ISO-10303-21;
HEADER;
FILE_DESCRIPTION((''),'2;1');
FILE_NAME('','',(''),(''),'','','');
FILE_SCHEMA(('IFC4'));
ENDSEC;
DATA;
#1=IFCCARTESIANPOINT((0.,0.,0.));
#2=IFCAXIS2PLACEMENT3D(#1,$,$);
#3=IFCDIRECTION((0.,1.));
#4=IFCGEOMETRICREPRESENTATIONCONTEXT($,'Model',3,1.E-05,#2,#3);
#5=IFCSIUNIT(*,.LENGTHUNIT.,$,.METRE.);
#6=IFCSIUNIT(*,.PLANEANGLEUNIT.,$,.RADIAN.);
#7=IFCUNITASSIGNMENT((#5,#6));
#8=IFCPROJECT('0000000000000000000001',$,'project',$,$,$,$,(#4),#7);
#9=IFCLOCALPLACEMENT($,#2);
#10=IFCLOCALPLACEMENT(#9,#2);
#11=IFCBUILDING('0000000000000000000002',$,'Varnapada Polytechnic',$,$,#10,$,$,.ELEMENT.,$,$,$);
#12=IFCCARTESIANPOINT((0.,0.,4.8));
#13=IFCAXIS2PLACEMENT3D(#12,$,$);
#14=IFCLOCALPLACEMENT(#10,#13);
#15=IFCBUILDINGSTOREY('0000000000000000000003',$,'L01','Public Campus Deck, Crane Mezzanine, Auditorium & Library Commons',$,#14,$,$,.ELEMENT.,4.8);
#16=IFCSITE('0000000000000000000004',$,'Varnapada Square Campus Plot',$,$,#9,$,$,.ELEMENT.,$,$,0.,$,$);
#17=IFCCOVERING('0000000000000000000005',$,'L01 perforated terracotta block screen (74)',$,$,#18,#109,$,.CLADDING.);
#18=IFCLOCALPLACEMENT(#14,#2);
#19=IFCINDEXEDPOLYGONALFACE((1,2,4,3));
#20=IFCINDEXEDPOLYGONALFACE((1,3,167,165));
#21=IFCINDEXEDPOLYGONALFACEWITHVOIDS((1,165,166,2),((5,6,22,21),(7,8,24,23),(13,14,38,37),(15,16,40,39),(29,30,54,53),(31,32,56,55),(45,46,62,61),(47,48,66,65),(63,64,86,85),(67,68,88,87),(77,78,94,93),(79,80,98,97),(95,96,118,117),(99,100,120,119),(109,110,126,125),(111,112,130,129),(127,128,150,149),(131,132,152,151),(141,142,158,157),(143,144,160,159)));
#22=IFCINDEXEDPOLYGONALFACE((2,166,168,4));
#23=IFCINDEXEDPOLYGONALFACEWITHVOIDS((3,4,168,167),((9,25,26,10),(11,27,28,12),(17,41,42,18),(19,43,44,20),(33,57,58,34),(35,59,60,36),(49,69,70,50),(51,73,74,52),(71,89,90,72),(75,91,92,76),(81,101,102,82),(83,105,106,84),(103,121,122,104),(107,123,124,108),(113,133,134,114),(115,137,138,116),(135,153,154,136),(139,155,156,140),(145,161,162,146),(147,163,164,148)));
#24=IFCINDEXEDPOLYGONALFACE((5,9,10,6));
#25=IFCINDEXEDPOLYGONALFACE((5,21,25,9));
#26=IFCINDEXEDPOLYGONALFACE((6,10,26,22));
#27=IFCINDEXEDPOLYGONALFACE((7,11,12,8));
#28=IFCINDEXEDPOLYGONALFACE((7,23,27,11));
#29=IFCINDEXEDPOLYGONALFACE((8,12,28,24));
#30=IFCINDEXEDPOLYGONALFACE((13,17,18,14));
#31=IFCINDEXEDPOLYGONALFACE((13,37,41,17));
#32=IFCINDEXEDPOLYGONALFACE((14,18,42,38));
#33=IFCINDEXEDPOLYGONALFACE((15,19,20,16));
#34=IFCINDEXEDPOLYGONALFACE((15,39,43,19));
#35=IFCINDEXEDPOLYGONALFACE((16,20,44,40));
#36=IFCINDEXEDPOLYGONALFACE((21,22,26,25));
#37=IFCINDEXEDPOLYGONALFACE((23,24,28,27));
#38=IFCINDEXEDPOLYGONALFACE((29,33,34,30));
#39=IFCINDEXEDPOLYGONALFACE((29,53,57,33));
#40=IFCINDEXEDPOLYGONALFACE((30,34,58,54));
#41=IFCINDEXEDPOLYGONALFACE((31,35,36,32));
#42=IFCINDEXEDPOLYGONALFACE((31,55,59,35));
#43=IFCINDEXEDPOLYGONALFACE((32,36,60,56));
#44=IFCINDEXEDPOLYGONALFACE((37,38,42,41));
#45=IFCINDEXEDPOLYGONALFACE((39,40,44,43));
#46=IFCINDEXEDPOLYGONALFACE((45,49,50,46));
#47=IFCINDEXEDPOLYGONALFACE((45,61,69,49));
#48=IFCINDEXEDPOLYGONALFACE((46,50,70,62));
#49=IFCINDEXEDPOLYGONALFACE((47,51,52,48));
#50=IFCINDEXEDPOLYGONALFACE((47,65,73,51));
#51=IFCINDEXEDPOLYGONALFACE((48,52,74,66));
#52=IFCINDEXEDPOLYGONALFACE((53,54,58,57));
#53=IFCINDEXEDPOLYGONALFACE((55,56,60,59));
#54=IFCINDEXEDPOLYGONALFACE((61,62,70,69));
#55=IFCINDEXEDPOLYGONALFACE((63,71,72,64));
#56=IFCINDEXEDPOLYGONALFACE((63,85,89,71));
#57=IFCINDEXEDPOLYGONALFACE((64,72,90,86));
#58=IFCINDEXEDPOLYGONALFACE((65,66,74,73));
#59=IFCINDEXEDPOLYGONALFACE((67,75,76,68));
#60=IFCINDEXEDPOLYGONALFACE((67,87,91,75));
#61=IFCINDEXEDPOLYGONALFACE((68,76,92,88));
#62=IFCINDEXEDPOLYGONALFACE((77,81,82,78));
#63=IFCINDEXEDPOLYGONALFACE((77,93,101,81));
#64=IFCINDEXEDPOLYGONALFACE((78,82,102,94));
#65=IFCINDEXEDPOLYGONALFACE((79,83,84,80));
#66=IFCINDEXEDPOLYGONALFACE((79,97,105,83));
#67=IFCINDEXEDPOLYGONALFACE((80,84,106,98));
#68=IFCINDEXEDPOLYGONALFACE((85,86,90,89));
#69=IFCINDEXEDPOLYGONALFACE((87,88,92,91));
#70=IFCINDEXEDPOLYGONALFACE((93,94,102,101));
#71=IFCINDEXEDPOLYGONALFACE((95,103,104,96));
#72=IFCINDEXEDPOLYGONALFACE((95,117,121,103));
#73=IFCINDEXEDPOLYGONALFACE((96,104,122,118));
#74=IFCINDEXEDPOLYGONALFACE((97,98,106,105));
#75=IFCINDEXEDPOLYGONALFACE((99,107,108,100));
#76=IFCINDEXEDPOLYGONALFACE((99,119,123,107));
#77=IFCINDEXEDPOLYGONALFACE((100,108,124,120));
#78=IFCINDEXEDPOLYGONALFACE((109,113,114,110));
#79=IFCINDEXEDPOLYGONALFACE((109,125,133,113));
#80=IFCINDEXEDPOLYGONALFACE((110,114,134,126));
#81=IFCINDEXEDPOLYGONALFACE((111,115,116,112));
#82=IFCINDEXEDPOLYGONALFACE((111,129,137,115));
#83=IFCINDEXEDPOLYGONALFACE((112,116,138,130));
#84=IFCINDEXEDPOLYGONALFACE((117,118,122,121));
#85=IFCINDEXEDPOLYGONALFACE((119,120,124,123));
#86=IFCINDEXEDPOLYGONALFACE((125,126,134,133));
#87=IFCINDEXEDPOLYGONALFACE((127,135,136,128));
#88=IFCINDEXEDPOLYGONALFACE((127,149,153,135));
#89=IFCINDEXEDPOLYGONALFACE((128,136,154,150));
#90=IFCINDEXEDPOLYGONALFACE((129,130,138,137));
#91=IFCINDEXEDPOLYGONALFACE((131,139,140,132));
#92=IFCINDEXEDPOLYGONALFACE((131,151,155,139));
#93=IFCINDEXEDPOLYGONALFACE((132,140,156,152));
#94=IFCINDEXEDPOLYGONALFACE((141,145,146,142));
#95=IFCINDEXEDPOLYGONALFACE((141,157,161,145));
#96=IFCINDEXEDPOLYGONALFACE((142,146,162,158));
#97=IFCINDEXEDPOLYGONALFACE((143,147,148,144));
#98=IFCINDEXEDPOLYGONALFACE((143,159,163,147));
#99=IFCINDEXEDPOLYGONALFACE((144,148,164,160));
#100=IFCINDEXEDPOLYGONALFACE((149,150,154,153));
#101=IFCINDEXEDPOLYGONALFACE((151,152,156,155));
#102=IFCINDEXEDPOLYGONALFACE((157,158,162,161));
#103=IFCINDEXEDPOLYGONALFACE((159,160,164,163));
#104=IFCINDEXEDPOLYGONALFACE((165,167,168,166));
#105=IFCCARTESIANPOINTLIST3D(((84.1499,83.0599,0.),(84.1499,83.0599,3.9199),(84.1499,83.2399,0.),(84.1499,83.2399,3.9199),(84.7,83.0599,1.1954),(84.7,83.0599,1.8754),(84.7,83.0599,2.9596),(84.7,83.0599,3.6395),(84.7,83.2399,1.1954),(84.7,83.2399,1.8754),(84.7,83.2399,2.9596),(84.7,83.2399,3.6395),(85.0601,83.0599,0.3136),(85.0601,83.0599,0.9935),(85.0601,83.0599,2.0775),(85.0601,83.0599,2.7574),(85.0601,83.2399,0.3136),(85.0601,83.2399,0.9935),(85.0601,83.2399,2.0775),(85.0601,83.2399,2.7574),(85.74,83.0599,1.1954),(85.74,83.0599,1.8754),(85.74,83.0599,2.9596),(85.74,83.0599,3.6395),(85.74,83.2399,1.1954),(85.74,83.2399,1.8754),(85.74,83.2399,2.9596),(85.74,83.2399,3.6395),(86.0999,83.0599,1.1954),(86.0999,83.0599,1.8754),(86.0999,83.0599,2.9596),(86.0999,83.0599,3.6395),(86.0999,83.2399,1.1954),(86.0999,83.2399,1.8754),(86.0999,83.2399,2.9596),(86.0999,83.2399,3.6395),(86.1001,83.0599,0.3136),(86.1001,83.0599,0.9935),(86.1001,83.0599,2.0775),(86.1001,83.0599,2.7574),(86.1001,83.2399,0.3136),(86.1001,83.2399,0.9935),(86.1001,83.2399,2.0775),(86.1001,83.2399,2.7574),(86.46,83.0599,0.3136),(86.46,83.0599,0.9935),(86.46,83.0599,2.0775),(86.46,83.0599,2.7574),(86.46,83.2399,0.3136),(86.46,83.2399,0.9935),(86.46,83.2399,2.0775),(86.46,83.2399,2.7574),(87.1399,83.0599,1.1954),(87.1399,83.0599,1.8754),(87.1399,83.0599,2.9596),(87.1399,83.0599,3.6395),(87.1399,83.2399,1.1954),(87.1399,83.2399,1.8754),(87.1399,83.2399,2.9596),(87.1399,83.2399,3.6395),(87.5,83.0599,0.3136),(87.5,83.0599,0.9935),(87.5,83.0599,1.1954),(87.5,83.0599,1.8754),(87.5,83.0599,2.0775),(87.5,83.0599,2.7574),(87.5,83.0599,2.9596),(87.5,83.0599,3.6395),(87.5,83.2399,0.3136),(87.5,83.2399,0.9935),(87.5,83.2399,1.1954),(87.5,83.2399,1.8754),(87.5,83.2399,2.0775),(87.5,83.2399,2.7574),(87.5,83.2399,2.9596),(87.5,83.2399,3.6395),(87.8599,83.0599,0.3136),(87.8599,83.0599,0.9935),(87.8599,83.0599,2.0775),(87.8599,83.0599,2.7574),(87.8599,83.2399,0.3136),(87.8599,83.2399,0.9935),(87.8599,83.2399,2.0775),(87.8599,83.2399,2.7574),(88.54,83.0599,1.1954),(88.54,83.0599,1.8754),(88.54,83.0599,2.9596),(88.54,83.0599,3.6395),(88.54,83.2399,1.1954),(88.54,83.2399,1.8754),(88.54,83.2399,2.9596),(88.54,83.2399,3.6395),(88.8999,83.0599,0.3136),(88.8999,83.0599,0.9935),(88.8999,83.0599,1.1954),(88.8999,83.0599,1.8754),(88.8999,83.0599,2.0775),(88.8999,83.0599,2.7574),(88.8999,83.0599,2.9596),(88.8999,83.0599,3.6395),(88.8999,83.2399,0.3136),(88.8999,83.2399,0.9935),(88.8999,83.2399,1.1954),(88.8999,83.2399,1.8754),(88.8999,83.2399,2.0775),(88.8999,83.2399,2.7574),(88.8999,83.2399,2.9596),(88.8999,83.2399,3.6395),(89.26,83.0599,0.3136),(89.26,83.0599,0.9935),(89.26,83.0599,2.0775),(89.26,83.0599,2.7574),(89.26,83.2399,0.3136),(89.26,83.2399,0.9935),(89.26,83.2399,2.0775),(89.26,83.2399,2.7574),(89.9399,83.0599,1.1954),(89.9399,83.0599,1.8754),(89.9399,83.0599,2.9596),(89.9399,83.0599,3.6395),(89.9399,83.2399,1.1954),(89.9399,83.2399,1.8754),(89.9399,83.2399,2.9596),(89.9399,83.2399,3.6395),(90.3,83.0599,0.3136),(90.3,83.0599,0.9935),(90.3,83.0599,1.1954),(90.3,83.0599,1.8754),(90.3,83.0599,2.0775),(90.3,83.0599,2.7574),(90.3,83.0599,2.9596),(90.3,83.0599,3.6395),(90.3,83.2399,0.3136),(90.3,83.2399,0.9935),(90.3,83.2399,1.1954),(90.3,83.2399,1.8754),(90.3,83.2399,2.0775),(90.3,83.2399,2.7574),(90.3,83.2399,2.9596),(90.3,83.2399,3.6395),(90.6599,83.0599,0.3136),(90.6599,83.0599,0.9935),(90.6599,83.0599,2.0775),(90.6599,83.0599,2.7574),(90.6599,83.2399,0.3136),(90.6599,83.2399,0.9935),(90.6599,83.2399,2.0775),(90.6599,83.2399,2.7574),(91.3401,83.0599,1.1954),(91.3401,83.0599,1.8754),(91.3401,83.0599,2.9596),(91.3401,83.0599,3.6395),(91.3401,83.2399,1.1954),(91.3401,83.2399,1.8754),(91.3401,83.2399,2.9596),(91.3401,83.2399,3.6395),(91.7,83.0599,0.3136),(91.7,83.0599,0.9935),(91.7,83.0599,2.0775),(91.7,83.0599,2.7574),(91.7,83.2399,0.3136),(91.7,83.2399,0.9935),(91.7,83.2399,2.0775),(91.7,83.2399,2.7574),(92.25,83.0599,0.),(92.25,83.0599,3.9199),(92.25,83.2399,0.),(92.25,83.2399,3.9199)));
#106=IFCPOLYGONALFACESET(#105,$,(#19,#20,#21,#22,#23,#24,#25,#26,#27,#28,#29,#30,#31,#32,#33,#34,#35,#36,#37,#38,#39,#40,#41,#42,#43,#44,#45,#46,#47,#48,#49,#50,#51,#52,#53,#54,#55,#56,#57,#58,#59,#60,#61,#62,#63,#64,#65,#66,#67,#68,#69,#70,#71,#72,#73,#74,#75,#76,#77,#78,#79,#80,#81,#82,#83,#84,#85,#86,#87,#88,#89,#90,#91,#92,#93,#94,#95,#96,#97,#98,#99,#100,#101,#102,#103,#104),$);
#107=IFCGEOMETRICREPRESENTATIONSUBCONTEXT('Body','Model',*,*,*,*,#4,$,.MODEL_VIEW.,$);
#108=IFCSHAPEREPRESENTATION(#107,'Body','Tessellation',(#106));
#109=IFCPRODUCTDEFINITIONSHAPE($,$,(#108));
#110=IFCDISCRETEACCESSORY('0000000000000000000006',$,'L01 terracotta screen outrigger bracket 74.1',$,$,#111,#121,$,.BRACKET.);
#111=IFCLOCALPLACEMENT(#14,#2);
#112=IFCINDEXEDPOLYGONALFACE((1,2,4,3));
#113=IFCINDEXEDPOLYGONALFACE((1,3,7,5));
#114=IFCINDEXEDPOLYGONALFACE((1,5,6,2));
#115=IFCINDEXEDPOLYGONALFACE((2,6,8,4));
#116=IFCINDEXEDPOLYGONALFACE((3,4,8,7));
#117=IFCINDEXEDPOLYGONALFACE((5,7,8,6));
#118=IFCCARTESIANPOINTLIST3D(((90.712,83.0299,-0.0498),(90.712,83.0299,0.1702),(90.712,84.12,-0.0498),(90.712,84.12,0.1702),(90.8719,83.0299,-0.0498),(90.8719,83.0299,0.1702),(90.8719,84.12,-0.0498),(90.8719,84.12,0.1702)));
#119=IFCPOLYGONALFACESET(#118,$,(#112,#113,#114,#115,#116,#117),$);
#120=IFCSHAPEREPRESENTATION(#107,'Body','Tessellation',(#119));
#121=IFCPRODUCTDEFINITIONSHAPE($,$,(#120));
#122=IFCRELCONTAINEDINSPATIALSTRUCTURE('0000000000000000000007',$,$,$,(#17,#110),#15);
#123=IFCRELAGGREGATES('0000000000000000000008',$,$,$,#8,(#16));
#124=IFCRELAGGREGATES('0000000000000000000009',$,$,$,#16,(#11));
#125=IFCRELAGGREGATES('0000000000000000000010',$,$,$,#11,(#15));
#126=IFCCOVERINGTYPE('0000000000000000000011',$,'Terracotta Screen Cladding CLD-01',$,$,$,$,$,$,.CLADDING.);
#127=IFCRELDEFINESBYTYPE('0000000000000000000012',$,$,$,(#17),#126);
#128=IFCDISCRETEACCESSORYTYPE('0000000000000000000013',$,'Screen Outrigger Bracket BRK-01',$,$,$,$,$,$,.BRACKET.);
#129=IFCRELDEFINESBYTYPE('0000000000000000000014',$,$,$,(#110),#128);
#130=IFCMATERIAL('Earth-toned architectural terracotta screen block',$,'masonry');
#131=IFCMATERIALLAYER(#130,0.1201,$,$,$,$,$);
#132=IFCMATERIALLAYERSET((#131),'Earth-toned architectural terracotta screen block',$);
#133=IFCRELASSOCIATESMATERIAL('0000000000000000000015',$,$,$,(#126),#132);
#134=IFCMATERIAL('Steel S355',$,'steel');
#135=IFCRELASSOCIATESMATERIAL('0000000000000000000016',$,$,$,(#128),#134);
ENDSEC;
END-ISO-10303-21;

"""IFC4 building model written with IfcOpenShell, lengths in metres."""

from ifc_helpers import new_model, si_unit, direction, frame, frame_2d, origin, origin_2d, place, context, subcontext, project, spatial, rectangle, extrude, material, layer, layer_set, type_object, element, save


model = new_model("IFC4")

# Units and contexts
model_context = context("Model", 3, precision=1e-05, world=origin(), true_north=direction((0.0, 1.0)))
body_context = subcontext(model_context, "Body", "Model", "MODEL_VIEW")
ifc_project = project(units=[si_unit("LENGTHUNIT", "METRE"), si_unit("PLANEANGLEUNIT", "RADIAN")], contexts=[model_context])

# Site, building, storey
site_placement = place(None, origin())
site = spatial("IfcSite", under=ifc_project, at=site_placement, Name="Varnapada Square Campus Plot", CompositionType="ELEMENT", RefElevation=0.0)
building_placement = place(site_placement, origin())
building = spatial("IfcBuilding", under=site, at=building_placement, Name="Varnapada Polytechnic", CompositionType="ELEMENT")
storey_placement = place(building_placement, frame((0.0, 0.0, 4.8)))
storey = spatial("IfcBuildingStorey", under=building, at=storey_placement, Name="L01", Description="Public Campus Deck, Crane Mezzanine, Auditorium & Library Commons", CompositionType="ELEMENT", Elevation=4.8)

# Shared definitions
ifc_material_1 = material(Name="Steel S355", Category="steel")

# Covering, openings
ifc_material_2 = material(Name="Earth-toned architectural terracotta screen block", Category="masonry")
ifc_layer_1 = layer(ifc_material_2, 0.1201)
ifc_layer_set_1 = layer_set([ifc_layer_1], Name="Earth-toned architectural terracotta screen block")
covering_type = type_object("IfcCoveringType", Name="Terracotta Screen Cladding CLD-01", PredefinedType="CLADDING", material=ifc_layer_set_1)
covering_placement = place(storey_placement, frame((92.25, 83.1499, 0.0), z_axis=(0.0, 0.0, 1.0), x_axis=(-1.0, 0.0, 0.0)))
covering = element("IfcCovering", 1, at=covering_placement, inside=storey, type_object=covering_type, Name="L01 perforated terracotta block screen (74)", PredefinedType="CLADDING", context=body_context, shape_type="SweptSolid", body=[
    extrude(rectangle(XDim=8.1001, YDim=0.1799, at=frame_2d((4.05, 0.0))), origin(), (0.0, 0.0, 1.0), 3.9199),
])
opening_1_placement = place(covering_placement, frame((0.55, 0.0, 0.3137)))
element("IfcOpeningElement", 2, at=opening_1_placement, cuts=covering, PredefinedType="OPENING", context=body_context, shape_type="SweptSolid", body=[
    extrude(rectangle(XDim=1.04, YDim=0.6799, at=frame_2d((0.52, 0.3398))), frame((0.0, 0.0999, 0.0), z_axis=(0.0, -1.0, 0.0), x_axis=(1.0, 0.0, 0.0)), (0.0, 0.0, 1.0), 0.2),
])
opening_2_placement = place(covering_placement, frame((1.95, 0.0, 0.3137)))
element("IfcOpeningElement", 3, at=opening_2_placement, cuts=covering, PredefinedType="OPENING", context=body_context, shape_type="SweptSolid", body=[
    extrude(rectangle(XDim=1.04, YDim=0.6799, at=frame_2d((0.52, 0.3398))), frame((0.0, 0.0999, 0.0), z_axis=(0.0, -1.0, 0.0), x_axis=(1.0, 0.0, 0.0)), (0.0, 0.0, 1.0), 0.2),
])
opening_3_placement = place(covering_placement, frame((3.3501, 0.0, 0.3137)))
element("IfcOpeningElement", 4, at=opening_3_placement, cuts=covering, PredefinedType="OPENING", context=body_context, shape_type="SweptSolid", body=[
    extrude(rectangle(XDim=1.04, YDim=0.6799, at=frame_2d((0.52, 0.3398))), frame((0.0, 0.0999, 0.0), z_axis=(0.0, -1.0, 0.0), x_axis=(1.0, 0.0, 0.0)), (0.0, 0.0, 1.0), 0.2),
])
opening_4_placement = place(covering_placement, frame((4.75, 0.0, 0.3137)))
element("IfcOpeningElement", 5, at=opening_4_placement, cuts=covering, PredefinedType="OPENING", context=body_context, shape_type="SweptSolid", body=[
    extrude(rectangle(XDim=1.04, YDim=0.6799, at=frame_2d((0.52, 0.3398))), frame((0.0, 0.0999, 0.0), z_axis=(0.0, -1.0, 0.0), x_axis=(1.0, 0.0, 0.0)), (0.0, 0.0, 1.0), 0.2),
])
opening_5_placement = place(covering_placement, frame((6.1499, 0.0, 0.3137)))
element("IfcOpeningElement", 6, at=opening_5_placement, cuts=covering, PredefinedType="OPENING", context=body_context, shape_type="SweptSolid", body=[
    extrude(rectangle(XDim=1.04, YDim=0.6799, at=frame_2d((0.52, 0.3398))), frame((0.0, 0.0999, 0.0), z_axis=(0.0, -1.0, 0.0), x_axis=(1.0, 0.0, 0.0)), (0.0, 0.0, 1.0), 0.2),
])
opening_6_placement = place(covering_placement, frame((0.9099, 0.0, 1.1956)))
element("IfcOpeningElement", 7, at=opening_6_placement, cuts=covering, PredefinedType="OPENING", context=body_context, shape_type="SweptSolid", body=[
    extrude(rectangle(XDim=1.04, YDim=0.6799, at=frame_2d((0.52, 0.3398))), frame((0.0, 0.0999, 0.0), z_axis=(0.0, -1.0, 0.0), x_axis=(1.0, 0.0, 0.0)), (0.0, 0.0, 1.0), 0.2),
])
opening_7_placement = place(covering_placement, frame((2.3101, 0.0, 1.1956)))
element("IfcOpeningElement", 8, at=opening_7_placement, cuts=covering, PredefinedType="OPENING", context=body_context, shape_type="SweptSolid", body=[
    extrude(rectangle(XDim=1.04, YDim=0.6799, at=frame_2d((0.52, 0.3398))), frame((0.0, 0.0999, 0.0), z_axis=(0.0, -1.0, 0.0), x_axis=(1.0, 0.0, 0.0)), (0.0, 0.0, 1.0), 0.2),
])
opening_8_placement = place(covering_placement, frame((3.71, 0.0, 1.1956)))
element("IfcOpeningElement", 9, at=opening_8_placement, cuts=covering, PredefinedType="OPENING", context=body_context, shape_type="SweptSolid", body=[
    extrude(rectangle(XDim=1.04, YDim=0.6799, at=frame_2d((0.52, 0.3398))), frame((0.0, 0.0999, 0.0), z_axis=(0.0, -1.0, 0.0), x_axis=(1.0, 0.0, 0.0)), (0.0, 0.0, 1.0), 0.2),
])
opening_9_placement = place(covering_placement, frame((5.1101, 0.0, 1.1956)))
element("IfcOpeningElement", 10, at=opening_9_placement, cuts=covering, PredefinedType="OPENING", context=body_context, shape_type="SweptSolid", body=[
    extrude(rectangle(XDim=1.04, YDim=0.6799, at=frame_2d((0.52, 0.3398))), frame((0.0, 0.0999, 0.0), z_axis=(0.0, -1.0, 0.0), x_axis=(1.0, 0.0, 0.0)), (0.0, 0.0, 1.0), 0.2),
])
opening_10_placement = place(covering_placement, frame((6.51, 0.0, 1.1956)))
element("IfcOpeningElement", 11, at=opening_10_placement, cuts=covering, PredefinedType="OPENING", context=body_context, shape_type="SweptSolid", body=[
    extrude(rectangle(XDim=1.04, YDim=0.6799, at=frame_2d((0.52, 0.3398))), frame((0.0, 0.0999, 0.0), z_axis=(0.0, -1.0, 0.0), x_axis=(1.0, 0.0, 0.0)), (0.0, 0.0, 1.0), 0.2),
])
opening_11_placement = place(covering_placement, frame((0.55, 0.0, 2.0776)))
element("IfcOpeningElement", 12, at=opening_11_placement, cuts=covering, PredefinedType="OPENING", context=body_context, shape_type="SweptSolid", body=[
    extrude(rectangle(XDim=1.04, YDim=0.6799, at=frame_2d((0.52, 0.3398))), frame((0.0, 0.0999, 0.0), z_axis=(0.0, -1.0, 0.0), x_axis=(1.0, 0.0, 0.0)), (0.0, 0.0, 1.0), 0.2),
])
opening_12_placement = place(covering_placement, frame((1.95, 0.0, 2.0776)))
element("IfcOpeningElement", 13, at=opening_12_placement, cuts=covering, PredefinedType="OPENING", context=body_context, shape_type="SweptSolid", body=[
    extrude(rectangle(XDim=1.04, YDim=0.6799, at=frame_2d((0.52, 0.3398))), frame((0.0, 0.0999, 0.0), z_axis=(0.0, -1.0, 0.0), x_axis=(1.0, 0.0, 0.0)), (0.0, 0.0, 1.0), 0.2),
])
opening_13_placement = place(covering_placement, frame((3.3501, 0.0, 2.0776)))
element("IfcOpeningElement", 14, at=opening_13_placement, cuts=covering, PredefinedType="OPENING", context=body_context, shape_type="SweptSolid", body=[
    extrude(rectangle(XDim=1.04, YDim=0.6799, at=frame_2d((0.52, 0.3398))), frame((0.0, 0.0999, 0.0), z_axis=(0.0, -1.0, 0.0), x_axis=(1.0, 0.0, 0.0)), (0.0, 0.0, 1.0), 0.2),
])
opening_14_placement = place(covering_placement, frame((4.75, 0.0, 2.0776)))
element("IfcOpeningElement", 15, at=opening_14_placement, cuts=covering, PredefinedType="OPENING", context=body_context, shape_type="SweptSolid", body=[
    extrude(rectangle(XDim=1.04, YDim=0.6799, at=frame_2d((0.52, 0.3398))), frame((0.0, 0.0999, 0.0), z_axis=(0.0, -1.0, 0.0), x_axis=(1.0, 0.0, 0.0)), (0.0, 0.0, 1.0), 0.2),
])
opening_15_placement = place(covering_placement, frame((6.1499, 0.0, 2.0776)))
element("IfcOpeningElement", 16, at=opening_15_placement, cuts=covering, PredefinedType="OPENING", context=body_context, shape_type="SweptSolid", body=[
    extrude(rectangle(XDim=1.04, YDim=0.6799, at=frame_2d((0.52, 0.3398))), frame((0.0, 0.0999, 0.0), z_axis=(0.0, -1.0, 0.0), x_axis=(1.0, 0.0, 0.0)), (0.0, 0.0, 1.0), 0.2),
])
opening_16_placement = place(covering_placement, frame((0.9099, 0.0, 2.9597)))
element("IfcOpeningElement", 17, at=opening_16_placement, cuts=covering, PredefinedType="OPENING", context=body_context, shape_type="SweptSolid", body=[
    extrude(rectangle(XDim=1.04, YDim=0.6799, at=frame_2d((0.52, 0.3398))), frame((0.0, 0.0999, 0.0), z_axis=(0.0, -1.0, 0.0), x_axis=(1.0, 0.0, 0.0)), (0.0, 0.0, 1.0), 0.2),
])
opening_17_placement = place(covering_placement, frame((2.3101, 0.0, 2.9597)))
element("IfcOpeningElement", 18, at=opening_17_placement, cuts=covering, PredefinedType="OPENING", context=body_context, shape_type="SweptSolid", body=[
    extrude(rectangle(XDim=1.04, YDim=0.6799, at=frame_2d((0.52, 0.3398))), frame((0.0, 0.0999, 0.0), z_axis=(0.0, -1.0, 0.0), x_axis=(1.0, 0.0, 0.0)), (0.0, 0.0, 1.0), 0.2),
])
opening_18_placement = place(covering_placement, frame((3.71, 0.0, 2.9597)))
element("IfcOpeningElement", 19, at=opening_18_placement, cuts=covering, PredefinedType="OPENING", context=body_context, shape_type="SweptSolid", body=[
    extrude(rectangle(XDim=1.04, YDim=0.6799, at=frame_2d((0.52, 0.3398))), frame((0.0, 0.0999, 0.0), z_axis=(0.0, -1.0, 0.0), x_axis=(1.0, 0.0, 0.0)), (0.0, 0.0, 1.0), 0.2),
])
opening_19_placement = place(covering_placement, frame((5.1101, 0.0, 2.9597)))
element("IfcOpeningElement", 20, at=opening_19_placement, cuts=covering, PredefinedType="OPENING", context=body_context, shape_type="SweptSolid", body=[
    extrude(rectangle(XDim=1.04, YDim=0.6799, at=frame_2d((0.52, 0.3398))), frame((0.0, 0.0999, 0.0), z_axis=(0.0, -1.0, 0.0), x_axis=(1.0, 0.0, 0.0)), (0.0, 0.0, 1.0), 0.2),
])
opening_20_placement = place(covering_placement, frame((6.51, 0.0, 2.9597)))
element("IfcOpeningElement", 21, at=opening_20_placement, cuts=covering, PredefinedType="OPENING", context=body_context, shape_type="SweptSolid", body=[
    extrude(rectangle(XDim=1.04, YDim=0.6799, at=frame_2d((0.52, 0.3398))), frame((0.0, 0.0999, 0.0), z_axis=(0.0, -1.0, 0.0), x_axis=(1.0, 0.0, 0.0)), (0.0, 0.0, 1.0), 0.2),
])

# Discrete accessory
discrete_accessory_type = type_object("IfcDiscreteAccessoryType", Name="Screen Outrigger Bracket BRK-01", PredefinedType="BRACKET", material=ifc_material_1)
discrete_accessory_placement = place(storey_placement, frame((90.792, 83.575, -0.0498), z_axis=(0.0, 0.0, 1.0), x_axis=(-1.0, 0.0, 0.0)))
element("IfcDiscreteAccessory", 22, at=discrete_accessory_placement, inside=storey, type_object=discrete_accessory_type, Name="L01 terracotta screen outrigger bracket 74.1", PredefinedType="BRACKET", context=body_context, shape_type="SweptSolid", body=[
    extrude(rectangle(XDim=0.1599, YDim=1.0901, at=origin_2d()), origin(), (0.0, 0.0, 1.0), 0.22),
])

save(model, "model.ifc")
